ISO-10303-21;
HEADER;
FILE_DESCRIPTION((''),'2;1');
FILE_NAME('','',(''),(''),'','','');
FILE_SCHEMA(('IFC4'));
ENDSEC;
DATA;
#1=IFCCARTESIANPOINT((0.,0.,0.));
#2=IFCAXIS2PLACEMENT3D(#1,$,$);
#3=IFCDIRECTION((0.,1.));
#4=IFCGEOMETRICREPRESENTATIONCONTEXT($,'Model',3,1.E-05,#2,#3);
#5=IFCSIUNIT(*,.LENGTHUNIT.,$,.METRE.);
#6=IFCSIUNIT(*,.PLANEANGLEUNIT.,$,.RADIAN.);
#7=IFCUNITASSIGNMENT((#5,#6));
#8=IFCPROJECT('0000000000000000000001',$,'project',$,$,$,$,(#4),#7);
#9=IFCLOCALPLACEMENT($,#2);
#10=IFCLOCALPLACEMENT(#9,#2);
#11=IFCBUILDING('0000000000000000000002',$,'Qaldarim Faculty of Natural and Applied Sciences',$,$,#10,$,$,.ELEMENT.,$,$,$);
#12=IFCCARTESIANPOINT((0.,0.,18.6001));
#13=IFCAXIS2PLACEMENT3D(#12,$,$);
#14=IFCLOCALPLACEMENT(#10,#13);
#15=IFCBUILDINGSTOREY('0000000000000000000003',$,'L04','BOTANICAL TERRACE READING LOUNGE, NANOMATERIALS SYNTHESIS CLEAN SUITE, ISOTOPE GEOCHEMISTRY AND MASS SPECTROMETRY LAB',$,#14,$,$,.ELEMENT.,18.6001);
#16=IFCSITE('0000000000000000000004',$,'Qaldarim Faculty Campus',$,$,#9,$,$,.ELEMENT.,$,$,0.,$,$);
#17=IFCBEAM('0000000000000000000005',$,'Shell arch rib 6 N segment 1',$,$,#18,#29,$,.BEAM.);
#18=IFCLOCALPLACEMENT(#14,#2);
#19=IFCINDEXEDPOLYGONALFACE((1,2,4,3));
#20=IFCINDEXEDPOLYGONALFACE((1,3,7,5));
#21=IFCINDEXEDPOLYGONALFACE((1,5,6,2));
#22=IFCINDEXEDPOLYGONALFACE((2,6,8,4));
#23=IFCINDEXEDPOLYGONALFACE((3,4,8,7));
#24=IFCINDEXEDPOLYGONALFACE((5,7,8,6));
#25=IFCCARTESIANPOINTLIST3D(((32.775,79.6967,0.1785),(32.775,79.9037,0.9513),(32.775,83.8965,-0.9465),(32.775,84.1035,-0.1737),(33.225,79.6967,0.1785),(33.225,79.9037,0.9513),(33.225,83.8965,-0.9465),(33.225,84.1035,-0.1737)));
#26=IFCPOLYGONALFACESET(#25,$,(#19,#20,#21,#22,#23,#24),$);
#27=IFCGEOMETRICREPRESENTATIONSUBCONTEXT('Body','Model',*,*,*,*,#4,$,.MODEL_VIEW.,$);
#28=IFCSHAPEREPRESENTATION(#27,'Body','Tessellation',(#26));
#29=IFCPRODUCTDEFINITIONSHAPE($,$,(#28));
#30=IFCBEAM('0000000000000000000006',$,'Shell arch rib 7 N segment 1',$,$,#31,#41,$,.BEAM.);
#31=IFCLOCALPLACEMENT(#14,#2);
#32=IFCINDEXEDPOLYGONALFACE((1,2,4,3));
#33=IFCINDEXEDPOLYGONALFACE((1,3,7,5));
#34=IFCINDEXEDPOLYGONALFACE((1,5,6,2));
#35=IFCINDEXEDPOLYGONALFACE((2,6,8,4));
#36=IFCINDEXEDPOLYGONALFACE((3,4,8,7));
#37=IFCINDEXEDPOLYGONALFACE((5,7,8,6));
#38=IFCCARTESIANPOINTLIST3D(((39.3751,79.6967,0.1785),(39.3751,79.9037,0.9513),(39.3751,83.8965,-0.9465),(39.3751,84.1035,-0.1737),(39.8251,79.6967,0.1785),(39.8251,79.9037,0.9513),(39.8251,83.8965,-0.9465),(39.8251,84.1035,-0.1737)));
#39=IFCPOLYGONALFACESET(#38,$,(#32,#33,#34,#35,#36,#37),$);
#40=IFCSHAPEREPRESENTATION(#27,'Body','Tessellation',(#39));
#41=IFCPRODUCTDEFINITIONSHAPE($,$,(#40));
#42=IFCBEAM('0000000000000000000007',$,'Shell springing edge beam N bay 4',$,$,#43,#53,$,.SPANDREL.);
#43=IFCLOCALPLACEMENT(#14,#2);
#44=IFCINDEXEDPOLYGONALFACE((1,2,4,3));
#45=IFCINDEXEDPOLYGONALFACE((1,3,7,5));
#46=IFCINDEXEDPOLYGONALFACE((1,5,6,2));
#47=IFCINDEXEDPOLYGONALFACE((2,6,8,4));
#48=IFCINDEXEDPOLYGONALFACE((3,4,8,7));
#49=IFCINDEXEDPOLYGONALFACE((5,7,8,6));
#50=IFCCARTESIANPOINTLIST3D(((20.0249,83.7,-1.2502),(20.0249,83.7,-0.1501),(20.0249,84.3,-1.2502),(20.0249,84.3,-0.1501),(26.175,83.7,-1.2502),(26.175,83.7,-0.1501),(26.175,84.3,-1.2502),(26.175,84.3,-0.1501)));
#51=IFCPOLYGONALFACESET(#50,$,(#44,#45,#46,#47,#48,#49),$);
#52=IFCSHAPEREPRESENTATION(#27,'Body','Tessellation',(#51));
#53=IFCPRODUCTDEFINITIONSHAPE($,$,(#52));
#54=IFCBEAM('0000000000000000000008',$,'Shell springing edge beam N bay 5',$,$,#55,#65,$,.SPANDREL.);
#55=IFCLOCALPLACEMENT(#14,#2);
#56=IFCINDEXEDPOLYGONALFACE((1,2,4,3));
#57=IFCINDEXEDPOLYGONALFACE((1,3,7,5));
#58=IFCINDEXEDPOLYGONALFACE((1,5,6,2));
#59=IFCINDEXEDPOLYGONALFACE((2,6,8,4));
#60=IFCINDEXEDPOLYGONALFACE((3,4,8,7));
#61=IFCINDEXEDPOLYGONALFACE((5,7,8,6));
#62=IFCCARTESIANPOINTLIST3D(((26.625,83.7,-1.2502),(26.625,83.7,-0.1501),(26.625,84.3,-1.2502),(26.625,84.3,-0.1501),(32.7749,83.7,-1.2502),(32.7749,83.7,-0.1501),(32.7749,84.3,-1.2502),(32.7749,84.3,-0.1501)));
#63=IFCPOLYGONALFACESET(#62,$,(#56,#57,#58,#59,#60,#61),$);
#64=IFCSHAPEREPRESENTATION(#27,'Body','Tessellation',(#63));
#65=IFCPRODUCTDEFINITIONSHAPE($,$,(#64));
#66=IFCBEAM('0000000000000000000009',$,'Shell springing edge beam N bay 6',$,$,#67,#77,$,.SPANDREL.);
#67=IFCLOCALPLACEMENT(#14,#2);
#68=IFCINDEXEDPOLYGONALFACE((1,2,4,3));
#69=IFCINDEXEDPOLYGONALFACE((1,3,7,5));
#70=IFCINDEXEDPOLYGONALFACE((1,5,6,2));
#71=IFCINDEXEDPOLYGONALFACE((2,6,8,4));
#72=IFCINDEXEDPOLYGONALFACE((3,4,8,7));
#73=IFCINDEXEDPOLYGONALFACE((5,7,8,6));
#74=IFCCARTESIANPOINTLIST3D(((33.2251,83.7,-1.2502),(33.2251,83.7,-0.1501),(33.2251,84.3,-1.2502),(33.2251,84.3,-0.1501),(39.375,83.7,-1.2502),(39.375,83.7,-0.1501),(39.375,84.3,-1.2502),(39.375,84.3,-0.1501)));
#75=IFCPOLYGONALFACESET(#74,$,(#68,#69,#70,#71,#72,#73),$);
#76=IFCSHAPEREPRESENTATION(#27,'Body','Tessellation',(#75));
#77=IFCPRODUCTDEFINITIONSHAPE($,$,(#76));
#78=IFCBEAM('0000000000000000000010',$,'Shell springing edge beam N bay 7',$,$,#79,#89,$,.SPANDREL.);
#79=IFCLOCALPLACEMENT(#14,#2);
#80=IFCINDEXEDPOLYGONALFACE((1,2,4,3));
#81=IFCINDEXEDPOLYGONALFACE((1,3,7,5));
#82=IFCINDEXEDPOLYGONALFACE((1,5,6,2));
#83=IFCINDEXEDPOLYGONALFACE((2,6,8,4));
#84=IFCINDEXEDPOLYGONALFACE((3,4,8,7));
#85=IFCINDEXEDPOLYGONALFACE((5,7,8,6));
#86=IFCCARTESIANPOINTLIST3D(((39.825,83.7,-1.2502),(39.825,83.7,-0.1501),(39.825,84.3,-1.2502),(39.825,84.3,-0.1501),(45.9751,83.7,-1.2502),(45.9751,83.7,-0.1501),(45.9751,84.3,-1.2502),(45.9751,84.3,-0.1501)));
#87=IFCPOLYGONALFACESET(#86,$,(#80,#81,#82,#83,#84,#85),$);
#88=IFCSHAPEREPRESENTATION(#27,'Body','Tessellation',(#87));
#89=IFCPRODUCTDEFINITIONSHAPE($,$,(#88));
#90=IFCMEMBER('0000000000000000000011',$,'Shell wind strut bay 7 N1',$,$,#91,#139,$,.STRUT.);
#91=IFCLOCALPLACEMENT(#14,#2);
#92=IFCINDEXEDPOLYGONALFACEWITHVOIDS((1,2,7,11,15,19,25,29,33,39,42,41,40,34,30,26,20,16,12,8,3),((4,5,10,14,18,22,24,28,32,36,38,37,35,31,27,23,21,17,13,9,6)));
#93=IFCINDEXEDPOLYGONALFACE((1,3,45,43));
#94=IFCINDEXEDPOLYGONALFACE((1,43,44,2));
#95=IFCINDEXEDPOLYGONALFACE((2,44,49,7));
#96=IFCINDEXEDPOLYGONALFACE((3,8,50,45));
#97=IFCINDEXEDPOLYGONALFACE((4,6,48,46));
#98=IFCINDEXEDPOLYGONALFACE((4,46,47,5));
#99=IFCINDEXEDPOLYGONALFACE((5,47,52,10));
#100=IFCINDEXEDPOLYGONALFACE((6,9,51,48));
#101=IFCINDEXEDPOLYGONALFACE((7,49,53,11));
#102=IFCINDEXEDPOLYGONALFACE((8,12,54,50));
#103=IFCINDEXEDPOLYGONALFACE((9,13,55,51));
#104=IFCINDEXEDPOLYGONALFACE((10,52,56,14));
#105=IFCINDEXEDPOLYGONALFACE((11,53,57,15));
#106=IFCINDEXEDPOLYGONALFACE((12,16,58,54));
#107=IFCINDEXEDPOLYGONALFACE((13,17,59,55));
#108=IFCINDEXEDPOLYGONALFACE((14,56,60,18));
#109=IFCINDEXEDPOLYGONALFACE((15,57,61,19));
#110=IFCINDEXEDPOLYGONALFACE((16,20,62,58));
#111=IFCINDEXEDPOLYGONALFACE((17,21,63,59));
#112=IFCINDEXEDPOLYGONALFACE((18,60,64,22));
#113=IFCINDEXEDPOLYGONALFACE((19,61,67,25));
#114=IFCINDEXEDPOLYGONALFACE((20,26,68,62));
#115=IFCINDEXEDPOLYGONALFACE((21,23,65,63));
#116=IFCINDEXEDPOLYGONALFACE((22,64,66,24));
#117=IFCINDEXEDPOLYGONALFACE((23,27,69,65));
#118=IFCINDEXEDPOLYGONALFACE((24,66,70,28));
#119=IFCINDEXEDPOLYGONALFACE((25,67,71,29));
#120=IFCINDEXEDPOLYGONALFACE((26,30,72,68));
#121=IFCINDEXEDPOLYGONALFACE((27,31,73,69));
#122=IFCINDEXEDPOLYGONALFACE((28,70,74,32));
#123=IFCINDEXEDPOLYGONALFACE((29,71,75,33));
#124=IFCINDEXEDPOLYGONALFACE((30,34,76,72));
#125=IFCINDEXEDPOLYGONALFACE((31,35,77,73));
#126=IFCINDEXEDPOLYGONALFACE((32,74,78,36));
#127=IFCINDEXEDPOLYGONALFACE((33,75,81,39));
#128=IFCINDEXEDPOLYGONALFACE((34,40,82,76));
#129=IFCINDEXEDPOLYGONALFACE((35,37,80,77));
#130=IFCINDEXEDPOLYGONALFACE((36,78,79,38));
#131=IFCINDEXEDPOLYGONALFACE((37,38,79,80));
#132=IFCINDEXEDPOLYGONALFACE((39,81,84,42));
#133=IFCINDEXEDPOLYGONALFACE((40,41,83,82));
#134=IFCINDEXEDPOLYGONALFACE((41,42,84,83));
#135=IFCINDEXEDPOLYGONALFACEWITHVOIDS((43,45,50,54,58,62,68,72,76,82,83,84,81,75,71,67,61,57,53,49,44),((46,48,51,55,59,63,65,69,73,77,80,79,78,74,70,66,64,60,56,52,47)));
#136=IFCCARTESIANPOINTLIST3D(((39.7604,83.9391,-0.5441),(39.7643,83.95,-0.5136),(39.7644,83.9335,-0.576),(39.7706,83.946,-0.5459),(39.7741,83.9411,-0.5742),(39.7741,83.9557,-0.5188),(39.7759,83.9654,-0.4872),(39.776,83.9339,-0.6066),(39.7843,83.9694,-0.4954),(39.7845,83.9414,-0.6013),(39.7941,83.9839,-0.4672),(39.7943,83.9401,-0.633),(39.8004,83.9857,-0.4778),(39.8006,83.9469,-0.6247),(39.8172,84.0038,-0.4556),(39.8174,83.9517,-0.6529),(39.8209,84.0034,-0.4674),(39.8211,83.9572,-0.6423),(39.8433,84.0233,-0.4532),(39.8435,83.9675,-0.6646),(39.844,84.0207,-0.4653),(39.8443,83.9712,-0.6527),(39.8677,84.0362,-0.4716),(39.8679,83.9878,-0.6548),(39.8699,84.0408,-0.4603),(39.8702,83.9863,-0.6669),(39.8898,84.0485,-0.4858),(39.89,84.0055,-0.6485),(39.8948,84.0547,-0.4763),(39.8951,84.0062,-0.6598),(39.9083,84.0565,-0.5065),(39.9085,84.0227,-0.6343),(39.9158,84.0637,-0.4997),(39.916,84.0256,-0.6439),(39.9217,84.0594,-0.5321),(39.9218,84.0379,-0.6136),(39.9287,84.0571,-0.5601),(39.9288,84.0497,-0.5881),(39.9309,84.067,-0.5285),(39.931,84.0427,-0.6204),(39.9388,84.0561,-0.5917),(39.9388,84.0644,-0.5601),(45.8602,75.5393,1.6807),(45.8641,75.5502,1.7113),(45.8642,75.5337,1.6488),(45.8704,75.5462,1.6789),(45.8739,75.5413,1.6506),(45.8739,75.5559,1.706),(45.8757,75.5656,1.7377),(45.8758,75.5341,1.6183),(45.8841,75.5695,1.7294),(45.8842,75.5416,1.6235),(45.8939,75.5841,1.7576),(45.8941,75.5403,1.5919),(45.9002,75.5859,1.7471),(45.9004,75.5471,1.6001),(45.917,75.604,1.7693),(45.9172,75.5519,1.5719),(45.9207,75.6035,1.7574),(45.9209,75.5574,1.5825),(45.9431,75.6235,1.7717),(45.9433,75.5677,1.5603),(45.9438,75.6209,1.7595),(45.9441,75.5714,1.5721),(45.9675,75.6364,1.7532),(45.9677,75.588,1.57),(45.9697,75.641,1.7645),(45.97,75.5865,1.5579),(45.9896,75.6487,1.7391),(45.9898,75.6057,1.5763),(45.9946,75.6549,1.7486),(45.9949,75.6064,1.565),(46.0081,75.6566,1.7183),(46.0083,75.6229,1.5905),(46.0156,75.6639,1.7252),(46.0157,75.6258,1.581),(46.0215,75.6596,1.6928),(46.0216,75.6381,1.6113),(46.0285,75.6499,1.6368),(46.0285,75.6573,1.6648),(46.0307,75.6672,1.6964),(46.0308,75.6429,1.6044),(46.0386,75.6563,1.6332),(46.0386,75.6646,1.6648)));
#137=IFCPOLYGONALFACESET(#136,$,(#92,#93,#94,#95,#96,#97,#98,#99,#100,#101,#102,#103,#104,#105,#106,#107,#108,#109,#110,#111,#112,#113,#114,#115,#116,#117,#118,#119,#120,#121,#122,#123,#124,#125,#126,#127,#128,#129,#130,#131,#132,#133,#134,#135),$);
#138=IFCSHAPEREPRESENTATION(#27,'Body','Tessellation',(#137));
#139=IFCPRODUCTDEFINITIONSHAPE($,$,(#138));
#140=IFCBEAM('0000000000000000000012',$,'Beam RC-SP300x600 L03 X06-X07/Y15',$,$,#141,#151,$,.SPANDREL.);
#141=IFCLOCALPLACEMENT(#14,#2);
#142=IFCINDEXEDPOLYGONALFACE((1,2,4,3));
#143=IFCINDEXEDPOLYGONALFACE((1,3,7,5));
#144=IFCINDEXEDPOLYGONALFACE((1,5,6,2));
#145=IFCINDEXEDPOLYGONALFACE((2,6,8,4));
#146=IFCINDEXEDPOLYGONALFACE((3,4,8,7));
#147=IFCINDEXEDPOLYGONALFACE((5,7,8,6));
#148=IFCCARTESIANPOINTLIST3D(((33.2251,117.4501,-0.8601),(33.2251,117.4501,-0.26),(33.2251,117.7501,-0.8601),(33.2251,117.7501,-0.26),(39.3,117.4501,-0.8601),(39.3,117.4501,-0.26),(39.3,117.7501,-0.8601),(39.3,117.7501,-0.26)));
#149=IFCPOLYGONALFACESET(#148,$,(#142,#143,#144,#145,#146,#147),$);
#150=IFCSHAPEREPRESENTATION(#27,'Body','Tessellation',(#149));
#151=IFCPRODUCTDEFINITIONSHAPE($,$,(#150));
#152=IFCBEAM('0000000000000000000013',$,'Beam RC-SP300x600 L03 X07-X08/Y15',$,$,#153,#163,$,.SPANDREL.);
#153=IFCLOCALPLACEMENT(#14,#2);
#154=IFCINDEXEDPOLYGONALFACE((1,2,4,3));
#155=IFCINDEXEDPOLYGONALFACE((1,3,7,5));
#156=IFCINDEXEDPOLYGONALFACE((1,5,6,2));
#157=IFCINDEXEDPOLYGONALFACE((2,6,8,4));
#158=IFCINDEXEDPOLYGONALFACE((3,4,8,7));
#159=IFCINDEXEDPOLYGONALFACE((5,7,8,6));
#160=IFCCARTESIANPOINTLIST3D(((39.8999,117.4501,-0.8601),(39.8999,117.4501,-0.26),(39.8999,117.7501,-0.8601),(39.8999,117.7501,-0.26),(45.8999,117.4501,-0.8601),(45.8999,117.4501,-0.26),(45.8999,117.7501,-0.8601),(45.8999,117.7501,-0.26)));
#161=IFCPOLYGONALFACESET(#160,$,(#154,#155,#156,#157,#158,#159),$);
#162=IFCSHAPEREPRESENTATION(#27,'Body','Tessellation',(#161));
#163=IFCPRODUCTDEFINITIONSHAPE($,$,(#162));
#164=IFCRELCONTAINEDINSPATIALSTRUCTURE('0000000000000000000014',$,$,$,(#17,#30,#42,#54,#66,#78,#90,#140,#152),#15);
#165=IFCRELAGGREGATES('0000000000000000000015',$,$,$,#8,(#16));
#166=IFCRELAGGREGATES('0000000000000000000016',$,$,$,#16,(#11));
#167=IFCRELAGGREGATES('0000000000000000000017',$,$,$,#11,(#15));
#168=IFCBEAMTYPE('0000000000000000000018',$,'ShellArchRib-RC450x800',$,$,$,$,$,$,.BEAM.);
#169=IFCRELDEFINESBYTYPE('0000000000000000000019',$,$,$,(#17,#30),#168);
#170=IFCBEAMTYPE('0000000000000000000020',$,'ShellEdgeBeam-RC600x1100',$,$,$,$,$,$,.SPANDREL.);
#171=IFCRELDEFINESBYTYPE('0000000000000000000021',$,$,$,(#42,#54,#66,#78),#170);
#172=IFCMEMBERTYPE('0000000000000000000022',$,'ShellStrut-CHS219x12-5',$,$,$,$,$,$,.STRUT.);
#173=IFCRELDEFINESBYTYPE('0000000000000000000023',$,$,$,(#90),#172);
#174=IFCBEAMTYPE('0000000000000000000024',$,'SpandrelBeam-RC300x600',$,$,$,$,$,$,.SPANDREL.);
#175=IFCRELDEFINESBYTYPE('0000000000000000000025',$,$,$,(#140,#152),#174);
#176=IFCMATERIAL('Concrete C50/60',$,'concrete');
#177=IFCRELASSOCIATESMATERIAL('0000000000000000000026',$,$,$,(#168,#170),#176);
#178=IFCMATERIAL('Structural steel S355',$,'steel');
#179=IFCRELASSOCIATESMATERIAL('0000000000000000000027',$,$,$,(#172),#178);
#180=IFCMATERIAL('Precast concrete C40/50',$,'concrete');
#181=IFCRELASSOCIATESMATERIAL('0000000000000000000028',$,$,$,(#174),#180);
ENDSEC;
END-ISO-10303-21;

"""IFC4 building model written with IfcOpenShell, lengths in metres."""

from ifc_helpers import new_model, si_unit, direction, frame, origin, origin_2d, place, context, subcontext, project, spatial, rectangle, hollow_circle, extrude, material, material_profile, profile_set, type_object, element, save


model = new_model("IFC4")

# Units and contexts
model_context = context("Model", 3, precision=1e-05, world=origin(), true_north=direction((0.0, 1.0)))
body_context = subcontext(model_context, "Body", "Model", "MODEL_VIEW")
ifc_project = project(units=[si_unit("LENGTHUNIT", "METRE"), si_unit("PLANEANGLEUNIT", "RADIAN")], contexts=[model_context])

# Site, building, storey
site_placement = place(None, origin())
site = spatial("IfcSite", under=ifc_project, at=site_placement, Name="Qaldarim Faculty Campus", CompositionType="ELEMENT", RefElevation=0.0)
building_placement = place(site_placement, origin())
building = spatial("IfcBuilding", under=site, at=building_placement, Name="Qaldarim Faculty of Natural and Applied Sciences", CompositionType="ELEMENT")
storey_placement = place(building_placement, frame((0.0, 0.0, 18.6001)))
storey = spatial("IfcBuildingStorey", under=building, at=storey_placement, Name="L04", Description="BOTANICAL TERRACE READING LOUNGE, NANOMATERIALS SYNTHESIS CLEAN SUITE, ISOTOPE GEOCHEMISTRY AND MASS SPECTROMETRY LAB", CompositionType="ELEMENT", Elevation=18.6001)

# Beams
ifc_material_1 = material(Name="Concrete C50/60", Category="concrete")
ifc_material_profile_1 = material_profile(ifc_material_1, rectangle(XDim=0.45, YDim=0.8, at=origin_2d()), Name="RC-RIB450x800")
ifc_profile_set_1 = profile_set([ifc_material_profile_1], Name="Concrete C50/60")
beam_type_1 = type_object("IfcBeamType", Name="ShellArchRib-RC450x800", PredefinedType="BEAM", material=ifc_profile_set_1)
for number, where, z_axis, x_axis, name in (
    (1, (33.0, 84.0, -0.5601), (0.0, -0.965947, 0.258739), (1.0, 0.0, 0.0), "Shell arch rib 6 N segment 1"),
    (2, (39.6001, 84.0, -0.5601), (0.0, -0.965947, 0.258739), (1.0, 0.0, 0.0), "Shell arch rib 7 N segment 1"),
):
    element("IfcBeam", number, at=place(storey_placement, frame(where, z_axis=z_axis, x_axis=x_axis)), inside=storey, type_object=beam_type_1, Name=name, PredefinedType="BEAM", context=body_context, shape_type="SweptSolid", body=[
        extrude(rectangle(XDim=0.45, YDim=0.8, at=origin_2d()), origin(), (0.0, 0.0, 1.0), 4.3479),
    ])
ifc_material_profile_2 = material_profile(ifc_material_1, rectangle(XDim=0.6001, YDim=1.1001, at=origin_2d()), Name="RC-EB600x1100")
ifc_profile_set_2 = profile_set([ifc_material_profile_2], Name="Concrete C50/60")
beam_type_2 = type_object("IfcBeamType", Name="ShellEdgeBeam-RC600x1100", PredefinedType="SPANDREL", material=ifc_profile_set_2)
beam_1_placement = place(storey_placement, frame((20.0249, 84.0, -0.7002), z_axis=(1.0, 0.0, 0.0), x_axis=(0.0, 1.0, 0.0)))
element("IfcBeam", 3, at=beam_1_placement, inside=storey, type_object=beam_type_2, Name="Shell springing edge beam N bay 4", PredefinedType="SPANDREL", context=body_context, shape_type="SweptSolid", body=[
    extrude(rectangle(XDim=0.6001, YDim=1.1001, at=origin_2d()), origin(), (0.0, 0.0, 1.0), 6.1501),
])
for number, where, z_axis, x_axis, name in (
    (4, (26.625, 84.0, -0.7002), (1.0, 0.0, 0.0), (0.0, 1.0, 0.0), "Shell springing edge beam N bay 5"),
    (5, (33.2251, 84.0, -0.7002), (1.0, 0.0, 0.0), (0.0, 1.0, 0.0), "Shell springing edge beam N bay 6"),
):
    element("IfcBeam", number, at=place(storey_placement, frame(where, z_axis=z_axis, x_axis=x_axis)), inside=storey, type_object=beam_type_2, Name=name, PredefinedType="SPANDREL", context=body_context, shape_type="SweptSolid", body=[
        extrude(rectangle(XDim=0.6001, YDim=1.1001, at=origin_2d()), origin(), (0.0, 0.0, 1.0), 6.1499),
    ])
beam_2_placement = place(storey_placement, frame((39.825, 84.0, -0.7002), z_axis=(1.0, 0.0, 0.0), x_axis=(0.0, 1.0, 0.0)))
element("IfcBeam", 6, at=beam_2_placement, inside=storey, type_object=beam_type_2, Name="Shell springing edge beam N bay 7", PredefinedType="SPANDREL", context=body_context, shape_type="SweptSolid", body=[
    extrude(rectangle(XDim=0.6001, YDim=1.1001, at=origin_2d()), origin(), (0.0, 0.0, 1.0), 6.1501),
])

# Member
ifc_material_2 = material(Name="Structural steel S355", Category="steel")
ifc_material_profile_3 = material_profile(ifc_material_2, hollow_circle(Radius=0.1096, WallThickness=0.0125, at=origin_2d()), Name="CHS 219.1x12.5")
ifc_profile_set_3 = profile_set([ifc_material_profile_3], Name="Structural steel S355")
member_type = type_object("IfcMemberType", Name="ShellStrut-CHS219x12-5", PredefinedType="STRUT", material=ifc_profile_set_3)
member_placement = place(storey_placement, frame((39.8501, 84.0, -0.5601), z_axis=(0.574547, -0.791189, 0.20956), x_axis=(0.809156, 0.587594, 0.0)))
element("IfcMember", 7, at=member_placement, inside=storey, type_object=member_type, Name="Shell wind strut bay 7 N1", PredefinedType="STRUT", context=body_context, shape_type="SweptSolid", body=[
    extrude(hollow_circle(Radius=0.1096, WallThickness=0.0125, at=origin_2d()), origin(), (0.0, 0.0, 1.0), 10.6167),
])

# Beams
ifc_material_3 = material(Name="Precast concrete C40/50", Category="concrete")
ifc_material_profile_4 = material_profile(ifc_material_3, rectangle(XDim=0.3, YDim=0.6001, at=origin_2d()), Name="RC-SP300x600")
ifc_profile_set_4 = profile_set([ifc_material_profile_4], Name="Precast concrete C40/50")
beam_type_3 = type_object("IfcBeamType", Name="SpandrelBeam-RC300x600", PredefinedType="SPANDREL", material=ifc_profile_set_4)
beam_3_placement = place(storey_placement, frame((33.2251, 117.6001, -0.5601), z_axis=(1.0, 0.0, 0.0), x_axis=(0.0, 1.0, 0.0)))
element("IfcBeam", 8, at=beam_3_placement, inside=storey, type_object=beam_type_3, Name="Beam RC-SP300x600 L03 X06-X07/Y15", PredefinedType="SPANDREL", context=body_context, shape_type="SweptSolid", body=[
    extrude(rectangle(XDim=0.3, YDim=0.6001, at=origin_2d()), origin(), (0.0, 0.0, 1.0), 6.075),
])
beam_4_placement = place(storey_placement, frame((39.8999, 117.6001, -0.5601), z_axis=(1.0, 0.0, 0.0), x_axis=(0.0, 1.0, 0.0)))
element("IfcBeam", 9, at=beam_4_placement, inside=storey, type_object=beam_type_3, Name="Beam RC-SP300x600 L03 X07-X08/Y15", PredefinedType="SPANDREL", context=body_context, shape_type="SweptSolid", body=[
    extrude(rectangle(XDim=0.3, YDim=0.6001, at=origin_2d()), origin(), (0.0, 0.0, 1.0), 6.0),
])

save(model, "model.ifc")
